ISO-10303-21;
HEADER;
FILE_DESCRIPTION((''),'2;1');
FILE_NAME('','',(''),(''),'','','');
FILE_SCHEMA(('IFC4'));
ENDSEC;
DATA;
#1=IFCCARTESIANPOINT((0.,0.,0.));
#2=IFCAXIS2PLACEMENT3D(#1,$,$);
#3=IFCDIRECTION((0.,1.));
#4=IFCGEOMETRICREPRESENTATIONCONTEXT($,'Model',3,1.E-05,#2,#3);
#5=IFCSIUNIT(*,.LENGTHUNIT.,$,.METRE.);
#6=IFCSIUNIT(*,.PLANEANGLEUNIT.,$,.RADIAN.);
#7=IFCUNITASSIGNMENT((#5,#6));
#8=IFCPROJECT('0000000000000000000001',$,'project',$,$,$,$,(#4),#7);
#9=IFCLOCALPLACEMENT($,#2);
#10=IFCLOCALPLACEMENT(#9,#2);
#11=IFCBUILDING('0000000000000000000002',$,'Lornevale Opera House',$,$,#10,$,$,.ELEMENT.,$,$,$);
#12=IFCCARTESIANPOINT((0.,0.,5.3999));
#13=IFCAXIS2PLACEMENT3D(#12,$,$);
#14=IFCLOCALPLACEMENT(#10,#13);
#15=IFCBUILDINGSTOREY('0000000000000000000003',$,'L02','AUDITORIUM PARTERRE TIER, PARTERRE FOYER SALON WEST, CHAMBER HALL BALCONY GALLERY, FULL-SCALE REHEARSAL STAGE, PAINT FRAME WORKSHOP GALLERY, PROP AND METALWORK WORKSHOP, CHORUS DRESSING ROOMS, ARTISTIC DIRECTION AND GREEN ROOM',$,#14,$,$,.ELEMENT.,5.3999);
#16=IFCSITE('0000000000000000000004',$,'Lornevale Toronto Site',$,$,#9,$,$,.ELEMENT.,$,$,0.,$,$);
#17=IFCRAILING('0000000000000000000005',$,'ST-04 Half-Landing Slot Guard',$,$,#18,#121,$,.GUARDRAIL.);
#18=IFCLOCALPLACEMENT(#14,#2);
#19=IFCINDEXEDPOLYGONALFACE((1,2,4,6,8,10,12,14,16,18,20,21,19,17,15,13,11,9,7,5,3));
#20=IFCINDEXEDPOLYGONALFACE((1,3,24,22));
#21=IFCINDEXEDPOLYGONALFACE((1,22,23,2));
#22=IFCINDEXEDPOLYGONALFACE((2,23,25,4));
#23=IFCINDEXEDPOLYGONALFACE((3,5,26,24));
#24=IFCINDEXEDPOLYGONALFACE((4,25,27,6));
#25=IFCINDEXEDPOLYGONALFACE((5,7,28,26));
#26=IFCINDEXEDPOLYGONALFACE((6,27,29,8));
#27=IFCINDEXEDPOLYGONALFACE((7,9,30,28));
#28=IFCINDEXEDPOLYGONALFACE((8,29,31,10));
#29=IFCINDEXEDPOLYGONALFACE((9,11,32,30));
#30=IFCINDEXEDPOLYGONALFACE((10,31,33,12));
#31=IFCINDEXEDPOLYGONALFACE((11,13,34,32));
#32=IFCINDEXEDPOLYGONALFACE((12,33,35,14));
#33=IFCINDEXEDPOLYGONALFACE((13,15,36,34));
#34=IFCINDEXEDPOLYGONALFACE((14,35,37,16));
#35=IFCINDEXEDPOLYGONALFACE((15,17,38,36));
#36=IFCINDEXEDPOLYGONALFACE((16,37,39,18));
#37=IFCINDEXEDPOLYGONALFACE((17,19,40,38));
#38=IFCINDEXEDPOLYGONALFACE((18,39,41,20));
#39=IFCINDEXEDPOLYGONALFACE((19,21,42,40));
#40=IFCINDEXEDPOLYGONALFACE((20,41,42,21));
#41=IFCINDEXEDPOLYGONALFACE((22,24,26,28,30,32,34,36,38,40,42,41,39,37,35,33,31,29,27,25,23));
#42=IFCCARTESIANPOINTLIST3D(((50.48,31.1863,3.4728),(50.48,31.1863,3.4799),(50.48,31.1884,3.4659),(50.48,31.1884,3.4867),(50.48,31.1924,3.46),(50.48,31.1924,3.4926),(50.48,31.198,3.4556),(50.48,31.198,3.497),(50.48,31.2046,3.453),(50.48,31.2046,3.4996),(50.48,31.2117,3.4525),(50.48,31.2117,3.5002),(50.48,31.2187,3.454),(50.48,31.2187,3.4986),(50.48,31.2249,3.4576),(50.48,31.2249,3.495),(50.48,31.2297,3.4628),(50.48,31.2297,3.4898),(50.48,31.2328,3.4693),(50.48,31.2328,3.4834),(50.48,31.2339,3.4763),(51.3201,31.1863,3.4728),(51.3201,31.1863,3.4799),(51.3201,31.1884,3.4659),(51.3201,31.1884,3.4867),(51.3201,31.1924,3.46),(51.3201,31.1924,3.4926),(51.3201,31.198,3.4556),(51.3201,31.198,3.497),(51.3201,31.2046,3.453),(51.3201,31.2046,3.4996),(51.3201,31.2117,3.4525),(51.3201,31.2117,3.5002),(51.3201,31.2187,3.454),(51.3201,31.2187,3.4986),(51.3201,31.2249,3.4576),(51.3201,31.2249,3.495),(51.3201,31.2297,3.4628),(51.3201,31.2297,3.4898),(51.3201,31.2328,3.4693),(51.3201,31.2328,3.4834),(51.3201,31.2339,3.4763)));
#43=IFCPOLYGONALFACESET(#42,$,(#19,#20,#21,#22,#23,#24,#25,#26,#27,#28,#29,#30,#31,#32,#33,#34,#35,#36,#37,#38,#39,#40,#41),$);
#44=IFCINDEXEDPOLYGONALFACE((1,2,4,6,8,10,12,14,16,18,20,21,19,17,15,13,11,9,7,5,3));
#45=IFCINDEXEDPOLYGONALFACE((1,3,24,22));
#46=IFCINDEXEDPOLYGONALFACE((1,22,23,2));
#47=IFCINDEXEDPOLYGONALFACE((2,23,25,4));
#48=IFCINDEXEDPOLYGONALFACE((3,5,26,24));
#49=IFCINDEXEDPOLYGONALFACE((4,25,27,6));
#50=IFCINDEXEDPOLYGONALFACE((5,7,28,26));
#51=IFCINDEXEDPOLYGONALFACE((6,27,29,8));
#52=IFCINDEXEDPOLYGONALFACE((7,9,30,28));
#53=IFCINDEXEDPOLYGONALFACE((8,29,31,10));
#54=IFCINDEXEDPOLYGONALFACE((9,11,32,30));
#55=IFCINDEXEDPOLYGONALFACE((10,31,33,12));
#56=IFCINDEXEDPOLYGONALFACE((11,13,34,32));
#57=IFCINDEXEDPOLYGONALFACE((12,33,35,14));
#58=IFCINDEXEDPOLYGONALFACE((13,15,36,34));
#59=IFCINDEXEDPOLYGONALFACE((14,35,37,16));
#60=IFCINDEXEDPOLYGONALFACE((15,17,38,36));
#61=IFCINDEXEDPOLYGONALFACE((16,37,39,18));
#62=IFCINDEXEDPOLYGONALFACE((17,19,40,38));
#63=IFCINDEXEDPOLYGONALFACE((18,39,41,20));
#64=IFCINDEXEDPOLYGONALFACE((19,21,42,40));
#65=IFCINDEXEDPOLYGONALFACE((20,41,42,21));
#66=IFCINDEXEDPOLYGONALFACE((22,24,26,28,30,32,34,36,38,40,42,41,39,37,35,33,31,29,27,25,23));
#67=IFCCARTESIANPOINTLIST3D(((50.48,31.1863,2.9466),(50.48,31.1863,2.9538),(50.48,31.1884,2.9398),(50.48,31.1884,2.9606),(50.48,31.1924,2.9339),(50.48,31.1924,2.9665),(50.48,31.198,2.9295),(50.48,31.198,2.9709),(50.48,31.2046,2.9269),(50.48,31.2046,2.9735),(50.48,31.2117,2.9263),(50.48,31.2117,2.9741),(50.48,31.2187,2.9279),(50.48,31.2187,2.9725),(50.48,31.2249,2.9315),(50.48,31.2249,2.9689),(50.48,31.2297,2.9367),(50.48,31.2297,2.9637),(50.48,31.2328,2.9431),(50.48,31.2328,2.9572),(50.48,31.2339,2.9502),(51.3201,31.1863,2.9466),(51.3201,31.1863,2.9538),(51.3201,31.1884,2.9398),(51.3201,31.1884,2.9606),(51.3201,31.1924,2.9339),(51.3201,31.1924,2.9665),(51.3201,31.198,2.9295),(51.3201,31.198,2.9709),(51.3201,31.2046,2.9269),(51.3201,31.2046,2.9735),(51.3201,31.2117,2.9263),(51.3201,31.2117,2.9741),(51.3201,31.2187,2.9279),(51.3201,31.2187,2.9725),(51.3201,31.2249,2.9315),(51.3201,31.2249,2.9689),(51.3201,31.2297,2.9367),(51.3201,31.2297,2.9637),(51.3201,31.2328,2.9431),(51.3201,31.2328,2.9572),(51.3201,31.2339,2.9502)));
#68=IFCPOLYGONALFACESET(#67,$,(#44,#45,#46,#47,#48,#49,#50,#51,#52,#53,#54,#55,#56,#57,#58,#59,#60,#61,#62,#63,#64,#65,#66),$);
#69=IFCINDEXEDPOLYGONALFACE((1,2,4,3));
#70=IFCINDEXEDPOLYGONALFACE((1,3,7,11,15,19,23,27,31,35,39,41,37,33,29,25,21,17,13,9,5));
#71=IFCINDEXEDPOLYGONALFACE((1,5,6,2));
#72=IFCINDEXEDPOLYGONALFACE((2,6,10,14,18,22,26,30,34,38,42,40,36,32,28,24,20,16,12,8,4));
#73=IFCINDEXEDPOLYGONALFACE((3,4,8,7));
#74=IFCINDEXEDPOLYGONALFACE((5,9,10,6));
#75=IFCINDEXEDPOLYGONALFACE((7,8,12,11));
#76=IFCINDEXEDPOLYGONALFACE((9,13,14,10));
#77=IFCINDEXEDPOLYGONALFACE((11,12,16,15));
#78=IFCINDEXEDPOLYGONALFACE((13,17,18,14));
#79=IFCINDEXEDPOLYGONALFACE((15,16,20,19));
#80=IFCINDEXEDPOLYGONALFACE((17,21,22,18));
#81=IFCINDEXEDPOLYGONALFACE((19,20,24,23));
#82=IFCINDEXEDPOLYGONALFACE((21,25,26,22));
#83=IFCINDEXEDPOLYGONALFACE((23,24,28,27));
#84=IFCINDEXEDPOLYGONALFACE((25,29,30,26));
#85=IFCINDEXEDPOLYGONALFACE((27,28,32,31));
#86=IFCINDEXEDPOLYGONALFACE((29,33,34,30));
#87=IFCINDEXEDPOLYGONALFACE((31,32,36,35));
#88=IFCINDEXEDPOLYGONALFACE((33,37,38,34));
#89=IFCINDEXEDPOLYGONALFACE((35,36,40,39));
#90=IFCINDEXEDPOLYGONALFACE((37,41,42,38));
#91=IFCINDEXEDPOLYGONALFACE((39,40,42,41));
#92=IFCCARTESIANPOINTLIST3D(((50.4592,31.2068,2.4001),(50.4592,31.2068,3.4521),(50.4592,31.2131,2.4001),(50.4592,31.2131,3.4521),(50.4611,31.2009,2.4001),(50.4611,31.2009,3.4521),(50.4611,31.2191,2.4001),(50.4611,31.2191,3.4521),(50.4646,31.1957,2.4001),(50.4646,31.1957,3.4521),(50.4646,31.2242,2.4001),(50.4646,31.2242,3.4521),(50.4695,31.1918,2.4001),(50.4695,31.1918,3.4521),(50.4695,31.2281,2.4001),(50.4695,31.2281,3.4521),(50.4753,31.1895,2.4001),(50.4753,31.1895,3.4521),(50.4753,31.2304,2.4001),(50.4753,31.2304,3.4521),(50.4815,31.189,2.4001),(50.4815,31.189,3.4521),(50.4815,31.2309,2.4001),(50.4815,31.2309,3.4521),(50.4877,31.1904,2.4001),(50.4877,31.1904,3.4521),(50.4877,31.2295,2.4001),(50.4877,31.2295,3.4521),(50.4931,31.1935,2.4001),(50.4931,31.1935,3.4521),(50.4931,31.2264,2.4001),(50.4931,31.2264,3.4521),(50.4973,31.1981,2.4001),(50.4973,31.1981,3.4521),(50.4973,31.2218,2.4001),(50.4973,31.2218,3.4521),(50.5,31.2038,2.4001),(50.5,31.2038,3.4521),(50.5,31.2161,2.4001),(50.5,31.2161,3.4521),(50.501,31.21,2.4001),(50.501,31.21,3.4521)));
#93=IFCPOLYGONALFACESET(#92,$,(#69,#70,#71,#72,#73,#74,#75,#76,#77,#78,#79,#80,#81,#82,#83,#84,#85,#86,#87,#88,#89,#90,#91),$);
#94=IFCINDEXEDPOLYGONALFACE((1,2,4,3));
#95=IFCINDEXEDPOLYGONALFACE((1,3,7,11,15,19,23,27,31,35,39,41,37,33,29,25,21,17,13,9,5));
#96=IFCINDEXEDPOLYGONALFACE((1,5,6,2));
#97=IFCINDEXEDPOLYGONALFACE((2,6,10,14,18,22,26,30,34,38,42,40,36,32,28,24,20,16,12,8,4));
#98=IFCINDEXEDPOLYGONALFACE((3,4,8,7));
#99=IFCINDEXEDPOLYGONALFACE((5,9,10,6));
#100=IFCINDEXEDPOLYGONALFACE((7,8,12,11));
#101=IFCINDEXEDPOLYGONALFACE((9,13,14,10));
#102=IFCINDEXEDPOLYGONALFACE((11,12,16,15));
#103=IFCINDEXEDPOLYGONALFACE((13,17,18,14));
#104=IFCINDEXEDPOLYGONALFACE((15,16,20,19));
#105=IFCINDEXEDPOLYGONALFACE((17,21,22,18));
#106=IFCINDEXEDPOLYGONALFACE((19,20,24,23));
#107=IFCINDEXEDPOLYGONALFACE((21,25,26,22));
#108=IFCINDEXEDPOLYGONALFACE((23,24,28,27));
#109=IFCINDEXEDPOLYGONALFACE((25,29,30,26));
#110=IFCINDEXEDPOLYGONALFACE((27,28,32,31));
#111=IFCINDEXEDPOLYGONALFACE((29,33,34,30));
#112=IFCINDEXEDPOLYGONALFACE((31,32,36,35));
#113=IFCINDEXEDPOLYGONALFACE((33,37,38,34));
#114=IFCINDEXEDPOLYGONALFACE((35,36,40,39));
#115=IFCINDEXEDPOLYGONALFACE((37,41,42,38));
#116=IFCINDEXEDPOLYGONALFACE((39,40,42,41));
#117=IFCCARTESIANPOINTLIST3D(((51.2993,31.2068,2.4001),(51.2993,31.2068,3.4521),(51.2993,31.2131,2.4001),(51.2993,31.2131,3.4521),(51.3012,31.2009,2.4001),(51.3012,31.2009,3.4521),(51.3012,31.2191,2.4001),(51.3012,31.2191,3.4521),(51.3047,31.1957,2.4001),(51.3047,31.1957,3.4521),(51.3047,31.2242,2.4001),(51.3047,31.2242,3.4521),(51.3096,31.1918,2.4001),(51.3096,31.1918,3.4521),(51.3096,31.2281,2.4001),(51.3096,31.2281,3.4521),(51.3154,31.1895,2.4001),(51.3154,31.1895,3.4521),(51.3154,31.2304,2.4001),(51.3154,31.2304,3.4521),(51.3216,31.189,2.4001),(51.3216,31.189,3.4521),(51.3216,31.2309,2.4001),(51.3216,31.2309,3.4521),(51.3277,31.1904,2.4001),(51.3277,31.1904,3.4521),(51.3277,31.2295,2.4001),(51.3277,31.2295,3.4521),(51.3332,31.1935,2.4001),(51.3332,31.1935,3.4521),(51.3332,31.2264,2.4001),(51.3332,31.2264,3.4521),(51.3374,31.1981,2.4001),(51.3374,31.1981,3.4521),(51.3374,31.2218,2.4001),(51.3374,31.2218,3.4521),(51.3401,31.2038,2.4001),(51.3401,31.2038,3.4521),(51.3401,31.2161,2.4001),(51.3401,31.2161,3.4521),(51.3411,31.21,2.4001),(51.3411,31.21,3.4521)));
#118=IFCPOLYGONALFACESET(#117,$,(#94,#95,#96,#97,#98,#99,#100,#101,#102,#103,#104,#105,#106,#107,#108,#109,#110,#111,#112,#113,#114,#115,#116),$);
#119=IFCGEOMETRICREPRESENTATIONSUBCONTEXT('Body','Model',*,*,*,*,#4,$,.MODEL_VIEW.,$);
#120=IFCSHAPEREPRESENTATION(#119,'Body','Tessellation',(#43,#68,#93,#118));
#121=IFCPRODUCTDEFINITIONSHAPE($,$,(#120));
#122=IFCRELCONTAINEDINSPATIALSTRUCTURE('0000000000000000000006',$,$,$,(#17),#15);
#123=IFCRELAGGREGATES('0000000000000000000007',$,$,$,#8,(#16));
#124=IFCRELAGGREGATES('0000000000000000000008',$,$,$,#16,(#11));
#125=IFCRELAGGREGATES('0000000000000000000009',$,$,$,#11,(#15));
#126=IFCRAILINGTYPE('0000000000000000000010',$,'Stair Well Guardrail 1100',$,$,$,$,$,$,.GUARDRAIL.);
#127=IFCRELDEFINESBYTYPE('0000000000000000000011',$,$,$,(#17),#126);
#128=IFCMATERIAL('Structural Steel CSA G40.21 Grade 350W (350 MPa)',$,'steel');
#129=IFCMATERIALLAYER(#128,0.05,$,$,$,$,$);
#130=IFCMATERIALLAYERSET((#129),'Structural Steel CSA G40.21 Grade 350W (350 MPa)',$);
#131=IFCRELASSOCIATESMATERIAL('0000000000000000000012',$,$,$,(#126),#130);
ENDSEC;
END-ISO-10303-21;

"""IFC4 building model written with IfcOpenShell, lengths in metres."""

from ifc_helpers import new_model, si_unit, direction, frame, origin, origin_2d, place, context, subcontext, project, spatial, circle, extrude, material, layer, layer_set, type_object, element, save


model = new_model("IFC4")

# Units and contexts
model_context = context("Model", 3, precision=1e-05, world=origin(), true_north=direction((0.0, 1.0)))
body_context = subcontext(model_context, "Body", "Model", "MODEL_VIEW")
ifc_project = project(units=[si_unit("LENGTHUNIT", "METRE"), si_unit("PLANEANGLEUNIT", "RADIAN")], contexts=[model_context])

# Site, building, storey
site_placement = place(None, origin())
site = spatial("IfcSite", under=ifc_project, at=site_placement, Name="Lornevale Toronto Site", CompositionType="ELEMENT", RefElevation=0.0)
building_placement = place(site_placement, origin())
building = spatial("IfcBuilding", under=site, at=building_placement, Name="Lornevale Opera House", CompositionType="ELEMENT")
storey_placement = place(building_placement, frame((0.0, 0.0, 5.3999)))
storey = spatial("IfcBuildingStorey", under=building, at=storey_placement, Name="L02", Description="AUDITORIUM PARTERRE TIER, PARTERRE FOYER SALON WEST, CHAMBER HALL BALCONY GALLERY, FULL-SCALE REHEARSAL STAGE, PAINT FRAME WORKSHOP GALLERY, PROP AND METALWORK WORKSHOP, CHORUS DRESSING ROOMS, ARTISTIC DIRECTION AND GREEN ROOM", CompositionType="ELEMENT", Elevation=5.3999)

# Shared definitions
ifc_material_1 = material(Name="Structural Steel CSA G40.21 Grade 350W (350 MPa)", Category="steel")

# Railing
ifc_layer_1 = layer(ifc_material_1, 0.05)
ifc_layer_set_1 = layer_set([ifc_layer_1], Name="Structural Steel CSA G40.21 Grade 350W (350 MPa)")
railing_type_1 = type_object("IfcRailingType", Name="Stair Well Guardrail 1100", PredefinedType="GUARDRAIL", material=ifc_layer_set_1)
railing_1_placement = place(storey_placement, frame((50.48, 31.21, 2.4001)))
element("IfcRailing", 1, at=railing_1_placement, inside=storey, type_object=railing_type_1, Name="ST-04 Half-Landing Slot Guard", PredefinedType="GUARDRAIL", context=body_context, shape_type="SweptSolid", body=[
    extrude(circle(Radius=0.0239, at=origin_2d()), frame((0.0, 0.0, 1.0762), z_axis=(1.0, 0.0, 0.0), x_axis=(0.0, 1.0, 0.0)), (0.0, 0.0, 1.0), 0.8401),
    extrude(circle(Radius=0.0239, at=origin_2d()), frame((0.0, 0.0, 0.55), z_axis=(1.0, 0.0, 0.0), x_axis=(0.0, 1.0, 0.0)), (0.0, 0.0, 1.0), 0.8401),
    extrude(circle(Radius=0.021, at=origin_2d()), origin(), (0.0, 0.0, 1.0), 1.052),
    extrude(circle(Radius=0.021, at=origin_2d()), frame((0.8401, 0.0, 0.0)), (0.0, 0.0, 1.0), 1.052),
])

save(model, "model.ifc")
